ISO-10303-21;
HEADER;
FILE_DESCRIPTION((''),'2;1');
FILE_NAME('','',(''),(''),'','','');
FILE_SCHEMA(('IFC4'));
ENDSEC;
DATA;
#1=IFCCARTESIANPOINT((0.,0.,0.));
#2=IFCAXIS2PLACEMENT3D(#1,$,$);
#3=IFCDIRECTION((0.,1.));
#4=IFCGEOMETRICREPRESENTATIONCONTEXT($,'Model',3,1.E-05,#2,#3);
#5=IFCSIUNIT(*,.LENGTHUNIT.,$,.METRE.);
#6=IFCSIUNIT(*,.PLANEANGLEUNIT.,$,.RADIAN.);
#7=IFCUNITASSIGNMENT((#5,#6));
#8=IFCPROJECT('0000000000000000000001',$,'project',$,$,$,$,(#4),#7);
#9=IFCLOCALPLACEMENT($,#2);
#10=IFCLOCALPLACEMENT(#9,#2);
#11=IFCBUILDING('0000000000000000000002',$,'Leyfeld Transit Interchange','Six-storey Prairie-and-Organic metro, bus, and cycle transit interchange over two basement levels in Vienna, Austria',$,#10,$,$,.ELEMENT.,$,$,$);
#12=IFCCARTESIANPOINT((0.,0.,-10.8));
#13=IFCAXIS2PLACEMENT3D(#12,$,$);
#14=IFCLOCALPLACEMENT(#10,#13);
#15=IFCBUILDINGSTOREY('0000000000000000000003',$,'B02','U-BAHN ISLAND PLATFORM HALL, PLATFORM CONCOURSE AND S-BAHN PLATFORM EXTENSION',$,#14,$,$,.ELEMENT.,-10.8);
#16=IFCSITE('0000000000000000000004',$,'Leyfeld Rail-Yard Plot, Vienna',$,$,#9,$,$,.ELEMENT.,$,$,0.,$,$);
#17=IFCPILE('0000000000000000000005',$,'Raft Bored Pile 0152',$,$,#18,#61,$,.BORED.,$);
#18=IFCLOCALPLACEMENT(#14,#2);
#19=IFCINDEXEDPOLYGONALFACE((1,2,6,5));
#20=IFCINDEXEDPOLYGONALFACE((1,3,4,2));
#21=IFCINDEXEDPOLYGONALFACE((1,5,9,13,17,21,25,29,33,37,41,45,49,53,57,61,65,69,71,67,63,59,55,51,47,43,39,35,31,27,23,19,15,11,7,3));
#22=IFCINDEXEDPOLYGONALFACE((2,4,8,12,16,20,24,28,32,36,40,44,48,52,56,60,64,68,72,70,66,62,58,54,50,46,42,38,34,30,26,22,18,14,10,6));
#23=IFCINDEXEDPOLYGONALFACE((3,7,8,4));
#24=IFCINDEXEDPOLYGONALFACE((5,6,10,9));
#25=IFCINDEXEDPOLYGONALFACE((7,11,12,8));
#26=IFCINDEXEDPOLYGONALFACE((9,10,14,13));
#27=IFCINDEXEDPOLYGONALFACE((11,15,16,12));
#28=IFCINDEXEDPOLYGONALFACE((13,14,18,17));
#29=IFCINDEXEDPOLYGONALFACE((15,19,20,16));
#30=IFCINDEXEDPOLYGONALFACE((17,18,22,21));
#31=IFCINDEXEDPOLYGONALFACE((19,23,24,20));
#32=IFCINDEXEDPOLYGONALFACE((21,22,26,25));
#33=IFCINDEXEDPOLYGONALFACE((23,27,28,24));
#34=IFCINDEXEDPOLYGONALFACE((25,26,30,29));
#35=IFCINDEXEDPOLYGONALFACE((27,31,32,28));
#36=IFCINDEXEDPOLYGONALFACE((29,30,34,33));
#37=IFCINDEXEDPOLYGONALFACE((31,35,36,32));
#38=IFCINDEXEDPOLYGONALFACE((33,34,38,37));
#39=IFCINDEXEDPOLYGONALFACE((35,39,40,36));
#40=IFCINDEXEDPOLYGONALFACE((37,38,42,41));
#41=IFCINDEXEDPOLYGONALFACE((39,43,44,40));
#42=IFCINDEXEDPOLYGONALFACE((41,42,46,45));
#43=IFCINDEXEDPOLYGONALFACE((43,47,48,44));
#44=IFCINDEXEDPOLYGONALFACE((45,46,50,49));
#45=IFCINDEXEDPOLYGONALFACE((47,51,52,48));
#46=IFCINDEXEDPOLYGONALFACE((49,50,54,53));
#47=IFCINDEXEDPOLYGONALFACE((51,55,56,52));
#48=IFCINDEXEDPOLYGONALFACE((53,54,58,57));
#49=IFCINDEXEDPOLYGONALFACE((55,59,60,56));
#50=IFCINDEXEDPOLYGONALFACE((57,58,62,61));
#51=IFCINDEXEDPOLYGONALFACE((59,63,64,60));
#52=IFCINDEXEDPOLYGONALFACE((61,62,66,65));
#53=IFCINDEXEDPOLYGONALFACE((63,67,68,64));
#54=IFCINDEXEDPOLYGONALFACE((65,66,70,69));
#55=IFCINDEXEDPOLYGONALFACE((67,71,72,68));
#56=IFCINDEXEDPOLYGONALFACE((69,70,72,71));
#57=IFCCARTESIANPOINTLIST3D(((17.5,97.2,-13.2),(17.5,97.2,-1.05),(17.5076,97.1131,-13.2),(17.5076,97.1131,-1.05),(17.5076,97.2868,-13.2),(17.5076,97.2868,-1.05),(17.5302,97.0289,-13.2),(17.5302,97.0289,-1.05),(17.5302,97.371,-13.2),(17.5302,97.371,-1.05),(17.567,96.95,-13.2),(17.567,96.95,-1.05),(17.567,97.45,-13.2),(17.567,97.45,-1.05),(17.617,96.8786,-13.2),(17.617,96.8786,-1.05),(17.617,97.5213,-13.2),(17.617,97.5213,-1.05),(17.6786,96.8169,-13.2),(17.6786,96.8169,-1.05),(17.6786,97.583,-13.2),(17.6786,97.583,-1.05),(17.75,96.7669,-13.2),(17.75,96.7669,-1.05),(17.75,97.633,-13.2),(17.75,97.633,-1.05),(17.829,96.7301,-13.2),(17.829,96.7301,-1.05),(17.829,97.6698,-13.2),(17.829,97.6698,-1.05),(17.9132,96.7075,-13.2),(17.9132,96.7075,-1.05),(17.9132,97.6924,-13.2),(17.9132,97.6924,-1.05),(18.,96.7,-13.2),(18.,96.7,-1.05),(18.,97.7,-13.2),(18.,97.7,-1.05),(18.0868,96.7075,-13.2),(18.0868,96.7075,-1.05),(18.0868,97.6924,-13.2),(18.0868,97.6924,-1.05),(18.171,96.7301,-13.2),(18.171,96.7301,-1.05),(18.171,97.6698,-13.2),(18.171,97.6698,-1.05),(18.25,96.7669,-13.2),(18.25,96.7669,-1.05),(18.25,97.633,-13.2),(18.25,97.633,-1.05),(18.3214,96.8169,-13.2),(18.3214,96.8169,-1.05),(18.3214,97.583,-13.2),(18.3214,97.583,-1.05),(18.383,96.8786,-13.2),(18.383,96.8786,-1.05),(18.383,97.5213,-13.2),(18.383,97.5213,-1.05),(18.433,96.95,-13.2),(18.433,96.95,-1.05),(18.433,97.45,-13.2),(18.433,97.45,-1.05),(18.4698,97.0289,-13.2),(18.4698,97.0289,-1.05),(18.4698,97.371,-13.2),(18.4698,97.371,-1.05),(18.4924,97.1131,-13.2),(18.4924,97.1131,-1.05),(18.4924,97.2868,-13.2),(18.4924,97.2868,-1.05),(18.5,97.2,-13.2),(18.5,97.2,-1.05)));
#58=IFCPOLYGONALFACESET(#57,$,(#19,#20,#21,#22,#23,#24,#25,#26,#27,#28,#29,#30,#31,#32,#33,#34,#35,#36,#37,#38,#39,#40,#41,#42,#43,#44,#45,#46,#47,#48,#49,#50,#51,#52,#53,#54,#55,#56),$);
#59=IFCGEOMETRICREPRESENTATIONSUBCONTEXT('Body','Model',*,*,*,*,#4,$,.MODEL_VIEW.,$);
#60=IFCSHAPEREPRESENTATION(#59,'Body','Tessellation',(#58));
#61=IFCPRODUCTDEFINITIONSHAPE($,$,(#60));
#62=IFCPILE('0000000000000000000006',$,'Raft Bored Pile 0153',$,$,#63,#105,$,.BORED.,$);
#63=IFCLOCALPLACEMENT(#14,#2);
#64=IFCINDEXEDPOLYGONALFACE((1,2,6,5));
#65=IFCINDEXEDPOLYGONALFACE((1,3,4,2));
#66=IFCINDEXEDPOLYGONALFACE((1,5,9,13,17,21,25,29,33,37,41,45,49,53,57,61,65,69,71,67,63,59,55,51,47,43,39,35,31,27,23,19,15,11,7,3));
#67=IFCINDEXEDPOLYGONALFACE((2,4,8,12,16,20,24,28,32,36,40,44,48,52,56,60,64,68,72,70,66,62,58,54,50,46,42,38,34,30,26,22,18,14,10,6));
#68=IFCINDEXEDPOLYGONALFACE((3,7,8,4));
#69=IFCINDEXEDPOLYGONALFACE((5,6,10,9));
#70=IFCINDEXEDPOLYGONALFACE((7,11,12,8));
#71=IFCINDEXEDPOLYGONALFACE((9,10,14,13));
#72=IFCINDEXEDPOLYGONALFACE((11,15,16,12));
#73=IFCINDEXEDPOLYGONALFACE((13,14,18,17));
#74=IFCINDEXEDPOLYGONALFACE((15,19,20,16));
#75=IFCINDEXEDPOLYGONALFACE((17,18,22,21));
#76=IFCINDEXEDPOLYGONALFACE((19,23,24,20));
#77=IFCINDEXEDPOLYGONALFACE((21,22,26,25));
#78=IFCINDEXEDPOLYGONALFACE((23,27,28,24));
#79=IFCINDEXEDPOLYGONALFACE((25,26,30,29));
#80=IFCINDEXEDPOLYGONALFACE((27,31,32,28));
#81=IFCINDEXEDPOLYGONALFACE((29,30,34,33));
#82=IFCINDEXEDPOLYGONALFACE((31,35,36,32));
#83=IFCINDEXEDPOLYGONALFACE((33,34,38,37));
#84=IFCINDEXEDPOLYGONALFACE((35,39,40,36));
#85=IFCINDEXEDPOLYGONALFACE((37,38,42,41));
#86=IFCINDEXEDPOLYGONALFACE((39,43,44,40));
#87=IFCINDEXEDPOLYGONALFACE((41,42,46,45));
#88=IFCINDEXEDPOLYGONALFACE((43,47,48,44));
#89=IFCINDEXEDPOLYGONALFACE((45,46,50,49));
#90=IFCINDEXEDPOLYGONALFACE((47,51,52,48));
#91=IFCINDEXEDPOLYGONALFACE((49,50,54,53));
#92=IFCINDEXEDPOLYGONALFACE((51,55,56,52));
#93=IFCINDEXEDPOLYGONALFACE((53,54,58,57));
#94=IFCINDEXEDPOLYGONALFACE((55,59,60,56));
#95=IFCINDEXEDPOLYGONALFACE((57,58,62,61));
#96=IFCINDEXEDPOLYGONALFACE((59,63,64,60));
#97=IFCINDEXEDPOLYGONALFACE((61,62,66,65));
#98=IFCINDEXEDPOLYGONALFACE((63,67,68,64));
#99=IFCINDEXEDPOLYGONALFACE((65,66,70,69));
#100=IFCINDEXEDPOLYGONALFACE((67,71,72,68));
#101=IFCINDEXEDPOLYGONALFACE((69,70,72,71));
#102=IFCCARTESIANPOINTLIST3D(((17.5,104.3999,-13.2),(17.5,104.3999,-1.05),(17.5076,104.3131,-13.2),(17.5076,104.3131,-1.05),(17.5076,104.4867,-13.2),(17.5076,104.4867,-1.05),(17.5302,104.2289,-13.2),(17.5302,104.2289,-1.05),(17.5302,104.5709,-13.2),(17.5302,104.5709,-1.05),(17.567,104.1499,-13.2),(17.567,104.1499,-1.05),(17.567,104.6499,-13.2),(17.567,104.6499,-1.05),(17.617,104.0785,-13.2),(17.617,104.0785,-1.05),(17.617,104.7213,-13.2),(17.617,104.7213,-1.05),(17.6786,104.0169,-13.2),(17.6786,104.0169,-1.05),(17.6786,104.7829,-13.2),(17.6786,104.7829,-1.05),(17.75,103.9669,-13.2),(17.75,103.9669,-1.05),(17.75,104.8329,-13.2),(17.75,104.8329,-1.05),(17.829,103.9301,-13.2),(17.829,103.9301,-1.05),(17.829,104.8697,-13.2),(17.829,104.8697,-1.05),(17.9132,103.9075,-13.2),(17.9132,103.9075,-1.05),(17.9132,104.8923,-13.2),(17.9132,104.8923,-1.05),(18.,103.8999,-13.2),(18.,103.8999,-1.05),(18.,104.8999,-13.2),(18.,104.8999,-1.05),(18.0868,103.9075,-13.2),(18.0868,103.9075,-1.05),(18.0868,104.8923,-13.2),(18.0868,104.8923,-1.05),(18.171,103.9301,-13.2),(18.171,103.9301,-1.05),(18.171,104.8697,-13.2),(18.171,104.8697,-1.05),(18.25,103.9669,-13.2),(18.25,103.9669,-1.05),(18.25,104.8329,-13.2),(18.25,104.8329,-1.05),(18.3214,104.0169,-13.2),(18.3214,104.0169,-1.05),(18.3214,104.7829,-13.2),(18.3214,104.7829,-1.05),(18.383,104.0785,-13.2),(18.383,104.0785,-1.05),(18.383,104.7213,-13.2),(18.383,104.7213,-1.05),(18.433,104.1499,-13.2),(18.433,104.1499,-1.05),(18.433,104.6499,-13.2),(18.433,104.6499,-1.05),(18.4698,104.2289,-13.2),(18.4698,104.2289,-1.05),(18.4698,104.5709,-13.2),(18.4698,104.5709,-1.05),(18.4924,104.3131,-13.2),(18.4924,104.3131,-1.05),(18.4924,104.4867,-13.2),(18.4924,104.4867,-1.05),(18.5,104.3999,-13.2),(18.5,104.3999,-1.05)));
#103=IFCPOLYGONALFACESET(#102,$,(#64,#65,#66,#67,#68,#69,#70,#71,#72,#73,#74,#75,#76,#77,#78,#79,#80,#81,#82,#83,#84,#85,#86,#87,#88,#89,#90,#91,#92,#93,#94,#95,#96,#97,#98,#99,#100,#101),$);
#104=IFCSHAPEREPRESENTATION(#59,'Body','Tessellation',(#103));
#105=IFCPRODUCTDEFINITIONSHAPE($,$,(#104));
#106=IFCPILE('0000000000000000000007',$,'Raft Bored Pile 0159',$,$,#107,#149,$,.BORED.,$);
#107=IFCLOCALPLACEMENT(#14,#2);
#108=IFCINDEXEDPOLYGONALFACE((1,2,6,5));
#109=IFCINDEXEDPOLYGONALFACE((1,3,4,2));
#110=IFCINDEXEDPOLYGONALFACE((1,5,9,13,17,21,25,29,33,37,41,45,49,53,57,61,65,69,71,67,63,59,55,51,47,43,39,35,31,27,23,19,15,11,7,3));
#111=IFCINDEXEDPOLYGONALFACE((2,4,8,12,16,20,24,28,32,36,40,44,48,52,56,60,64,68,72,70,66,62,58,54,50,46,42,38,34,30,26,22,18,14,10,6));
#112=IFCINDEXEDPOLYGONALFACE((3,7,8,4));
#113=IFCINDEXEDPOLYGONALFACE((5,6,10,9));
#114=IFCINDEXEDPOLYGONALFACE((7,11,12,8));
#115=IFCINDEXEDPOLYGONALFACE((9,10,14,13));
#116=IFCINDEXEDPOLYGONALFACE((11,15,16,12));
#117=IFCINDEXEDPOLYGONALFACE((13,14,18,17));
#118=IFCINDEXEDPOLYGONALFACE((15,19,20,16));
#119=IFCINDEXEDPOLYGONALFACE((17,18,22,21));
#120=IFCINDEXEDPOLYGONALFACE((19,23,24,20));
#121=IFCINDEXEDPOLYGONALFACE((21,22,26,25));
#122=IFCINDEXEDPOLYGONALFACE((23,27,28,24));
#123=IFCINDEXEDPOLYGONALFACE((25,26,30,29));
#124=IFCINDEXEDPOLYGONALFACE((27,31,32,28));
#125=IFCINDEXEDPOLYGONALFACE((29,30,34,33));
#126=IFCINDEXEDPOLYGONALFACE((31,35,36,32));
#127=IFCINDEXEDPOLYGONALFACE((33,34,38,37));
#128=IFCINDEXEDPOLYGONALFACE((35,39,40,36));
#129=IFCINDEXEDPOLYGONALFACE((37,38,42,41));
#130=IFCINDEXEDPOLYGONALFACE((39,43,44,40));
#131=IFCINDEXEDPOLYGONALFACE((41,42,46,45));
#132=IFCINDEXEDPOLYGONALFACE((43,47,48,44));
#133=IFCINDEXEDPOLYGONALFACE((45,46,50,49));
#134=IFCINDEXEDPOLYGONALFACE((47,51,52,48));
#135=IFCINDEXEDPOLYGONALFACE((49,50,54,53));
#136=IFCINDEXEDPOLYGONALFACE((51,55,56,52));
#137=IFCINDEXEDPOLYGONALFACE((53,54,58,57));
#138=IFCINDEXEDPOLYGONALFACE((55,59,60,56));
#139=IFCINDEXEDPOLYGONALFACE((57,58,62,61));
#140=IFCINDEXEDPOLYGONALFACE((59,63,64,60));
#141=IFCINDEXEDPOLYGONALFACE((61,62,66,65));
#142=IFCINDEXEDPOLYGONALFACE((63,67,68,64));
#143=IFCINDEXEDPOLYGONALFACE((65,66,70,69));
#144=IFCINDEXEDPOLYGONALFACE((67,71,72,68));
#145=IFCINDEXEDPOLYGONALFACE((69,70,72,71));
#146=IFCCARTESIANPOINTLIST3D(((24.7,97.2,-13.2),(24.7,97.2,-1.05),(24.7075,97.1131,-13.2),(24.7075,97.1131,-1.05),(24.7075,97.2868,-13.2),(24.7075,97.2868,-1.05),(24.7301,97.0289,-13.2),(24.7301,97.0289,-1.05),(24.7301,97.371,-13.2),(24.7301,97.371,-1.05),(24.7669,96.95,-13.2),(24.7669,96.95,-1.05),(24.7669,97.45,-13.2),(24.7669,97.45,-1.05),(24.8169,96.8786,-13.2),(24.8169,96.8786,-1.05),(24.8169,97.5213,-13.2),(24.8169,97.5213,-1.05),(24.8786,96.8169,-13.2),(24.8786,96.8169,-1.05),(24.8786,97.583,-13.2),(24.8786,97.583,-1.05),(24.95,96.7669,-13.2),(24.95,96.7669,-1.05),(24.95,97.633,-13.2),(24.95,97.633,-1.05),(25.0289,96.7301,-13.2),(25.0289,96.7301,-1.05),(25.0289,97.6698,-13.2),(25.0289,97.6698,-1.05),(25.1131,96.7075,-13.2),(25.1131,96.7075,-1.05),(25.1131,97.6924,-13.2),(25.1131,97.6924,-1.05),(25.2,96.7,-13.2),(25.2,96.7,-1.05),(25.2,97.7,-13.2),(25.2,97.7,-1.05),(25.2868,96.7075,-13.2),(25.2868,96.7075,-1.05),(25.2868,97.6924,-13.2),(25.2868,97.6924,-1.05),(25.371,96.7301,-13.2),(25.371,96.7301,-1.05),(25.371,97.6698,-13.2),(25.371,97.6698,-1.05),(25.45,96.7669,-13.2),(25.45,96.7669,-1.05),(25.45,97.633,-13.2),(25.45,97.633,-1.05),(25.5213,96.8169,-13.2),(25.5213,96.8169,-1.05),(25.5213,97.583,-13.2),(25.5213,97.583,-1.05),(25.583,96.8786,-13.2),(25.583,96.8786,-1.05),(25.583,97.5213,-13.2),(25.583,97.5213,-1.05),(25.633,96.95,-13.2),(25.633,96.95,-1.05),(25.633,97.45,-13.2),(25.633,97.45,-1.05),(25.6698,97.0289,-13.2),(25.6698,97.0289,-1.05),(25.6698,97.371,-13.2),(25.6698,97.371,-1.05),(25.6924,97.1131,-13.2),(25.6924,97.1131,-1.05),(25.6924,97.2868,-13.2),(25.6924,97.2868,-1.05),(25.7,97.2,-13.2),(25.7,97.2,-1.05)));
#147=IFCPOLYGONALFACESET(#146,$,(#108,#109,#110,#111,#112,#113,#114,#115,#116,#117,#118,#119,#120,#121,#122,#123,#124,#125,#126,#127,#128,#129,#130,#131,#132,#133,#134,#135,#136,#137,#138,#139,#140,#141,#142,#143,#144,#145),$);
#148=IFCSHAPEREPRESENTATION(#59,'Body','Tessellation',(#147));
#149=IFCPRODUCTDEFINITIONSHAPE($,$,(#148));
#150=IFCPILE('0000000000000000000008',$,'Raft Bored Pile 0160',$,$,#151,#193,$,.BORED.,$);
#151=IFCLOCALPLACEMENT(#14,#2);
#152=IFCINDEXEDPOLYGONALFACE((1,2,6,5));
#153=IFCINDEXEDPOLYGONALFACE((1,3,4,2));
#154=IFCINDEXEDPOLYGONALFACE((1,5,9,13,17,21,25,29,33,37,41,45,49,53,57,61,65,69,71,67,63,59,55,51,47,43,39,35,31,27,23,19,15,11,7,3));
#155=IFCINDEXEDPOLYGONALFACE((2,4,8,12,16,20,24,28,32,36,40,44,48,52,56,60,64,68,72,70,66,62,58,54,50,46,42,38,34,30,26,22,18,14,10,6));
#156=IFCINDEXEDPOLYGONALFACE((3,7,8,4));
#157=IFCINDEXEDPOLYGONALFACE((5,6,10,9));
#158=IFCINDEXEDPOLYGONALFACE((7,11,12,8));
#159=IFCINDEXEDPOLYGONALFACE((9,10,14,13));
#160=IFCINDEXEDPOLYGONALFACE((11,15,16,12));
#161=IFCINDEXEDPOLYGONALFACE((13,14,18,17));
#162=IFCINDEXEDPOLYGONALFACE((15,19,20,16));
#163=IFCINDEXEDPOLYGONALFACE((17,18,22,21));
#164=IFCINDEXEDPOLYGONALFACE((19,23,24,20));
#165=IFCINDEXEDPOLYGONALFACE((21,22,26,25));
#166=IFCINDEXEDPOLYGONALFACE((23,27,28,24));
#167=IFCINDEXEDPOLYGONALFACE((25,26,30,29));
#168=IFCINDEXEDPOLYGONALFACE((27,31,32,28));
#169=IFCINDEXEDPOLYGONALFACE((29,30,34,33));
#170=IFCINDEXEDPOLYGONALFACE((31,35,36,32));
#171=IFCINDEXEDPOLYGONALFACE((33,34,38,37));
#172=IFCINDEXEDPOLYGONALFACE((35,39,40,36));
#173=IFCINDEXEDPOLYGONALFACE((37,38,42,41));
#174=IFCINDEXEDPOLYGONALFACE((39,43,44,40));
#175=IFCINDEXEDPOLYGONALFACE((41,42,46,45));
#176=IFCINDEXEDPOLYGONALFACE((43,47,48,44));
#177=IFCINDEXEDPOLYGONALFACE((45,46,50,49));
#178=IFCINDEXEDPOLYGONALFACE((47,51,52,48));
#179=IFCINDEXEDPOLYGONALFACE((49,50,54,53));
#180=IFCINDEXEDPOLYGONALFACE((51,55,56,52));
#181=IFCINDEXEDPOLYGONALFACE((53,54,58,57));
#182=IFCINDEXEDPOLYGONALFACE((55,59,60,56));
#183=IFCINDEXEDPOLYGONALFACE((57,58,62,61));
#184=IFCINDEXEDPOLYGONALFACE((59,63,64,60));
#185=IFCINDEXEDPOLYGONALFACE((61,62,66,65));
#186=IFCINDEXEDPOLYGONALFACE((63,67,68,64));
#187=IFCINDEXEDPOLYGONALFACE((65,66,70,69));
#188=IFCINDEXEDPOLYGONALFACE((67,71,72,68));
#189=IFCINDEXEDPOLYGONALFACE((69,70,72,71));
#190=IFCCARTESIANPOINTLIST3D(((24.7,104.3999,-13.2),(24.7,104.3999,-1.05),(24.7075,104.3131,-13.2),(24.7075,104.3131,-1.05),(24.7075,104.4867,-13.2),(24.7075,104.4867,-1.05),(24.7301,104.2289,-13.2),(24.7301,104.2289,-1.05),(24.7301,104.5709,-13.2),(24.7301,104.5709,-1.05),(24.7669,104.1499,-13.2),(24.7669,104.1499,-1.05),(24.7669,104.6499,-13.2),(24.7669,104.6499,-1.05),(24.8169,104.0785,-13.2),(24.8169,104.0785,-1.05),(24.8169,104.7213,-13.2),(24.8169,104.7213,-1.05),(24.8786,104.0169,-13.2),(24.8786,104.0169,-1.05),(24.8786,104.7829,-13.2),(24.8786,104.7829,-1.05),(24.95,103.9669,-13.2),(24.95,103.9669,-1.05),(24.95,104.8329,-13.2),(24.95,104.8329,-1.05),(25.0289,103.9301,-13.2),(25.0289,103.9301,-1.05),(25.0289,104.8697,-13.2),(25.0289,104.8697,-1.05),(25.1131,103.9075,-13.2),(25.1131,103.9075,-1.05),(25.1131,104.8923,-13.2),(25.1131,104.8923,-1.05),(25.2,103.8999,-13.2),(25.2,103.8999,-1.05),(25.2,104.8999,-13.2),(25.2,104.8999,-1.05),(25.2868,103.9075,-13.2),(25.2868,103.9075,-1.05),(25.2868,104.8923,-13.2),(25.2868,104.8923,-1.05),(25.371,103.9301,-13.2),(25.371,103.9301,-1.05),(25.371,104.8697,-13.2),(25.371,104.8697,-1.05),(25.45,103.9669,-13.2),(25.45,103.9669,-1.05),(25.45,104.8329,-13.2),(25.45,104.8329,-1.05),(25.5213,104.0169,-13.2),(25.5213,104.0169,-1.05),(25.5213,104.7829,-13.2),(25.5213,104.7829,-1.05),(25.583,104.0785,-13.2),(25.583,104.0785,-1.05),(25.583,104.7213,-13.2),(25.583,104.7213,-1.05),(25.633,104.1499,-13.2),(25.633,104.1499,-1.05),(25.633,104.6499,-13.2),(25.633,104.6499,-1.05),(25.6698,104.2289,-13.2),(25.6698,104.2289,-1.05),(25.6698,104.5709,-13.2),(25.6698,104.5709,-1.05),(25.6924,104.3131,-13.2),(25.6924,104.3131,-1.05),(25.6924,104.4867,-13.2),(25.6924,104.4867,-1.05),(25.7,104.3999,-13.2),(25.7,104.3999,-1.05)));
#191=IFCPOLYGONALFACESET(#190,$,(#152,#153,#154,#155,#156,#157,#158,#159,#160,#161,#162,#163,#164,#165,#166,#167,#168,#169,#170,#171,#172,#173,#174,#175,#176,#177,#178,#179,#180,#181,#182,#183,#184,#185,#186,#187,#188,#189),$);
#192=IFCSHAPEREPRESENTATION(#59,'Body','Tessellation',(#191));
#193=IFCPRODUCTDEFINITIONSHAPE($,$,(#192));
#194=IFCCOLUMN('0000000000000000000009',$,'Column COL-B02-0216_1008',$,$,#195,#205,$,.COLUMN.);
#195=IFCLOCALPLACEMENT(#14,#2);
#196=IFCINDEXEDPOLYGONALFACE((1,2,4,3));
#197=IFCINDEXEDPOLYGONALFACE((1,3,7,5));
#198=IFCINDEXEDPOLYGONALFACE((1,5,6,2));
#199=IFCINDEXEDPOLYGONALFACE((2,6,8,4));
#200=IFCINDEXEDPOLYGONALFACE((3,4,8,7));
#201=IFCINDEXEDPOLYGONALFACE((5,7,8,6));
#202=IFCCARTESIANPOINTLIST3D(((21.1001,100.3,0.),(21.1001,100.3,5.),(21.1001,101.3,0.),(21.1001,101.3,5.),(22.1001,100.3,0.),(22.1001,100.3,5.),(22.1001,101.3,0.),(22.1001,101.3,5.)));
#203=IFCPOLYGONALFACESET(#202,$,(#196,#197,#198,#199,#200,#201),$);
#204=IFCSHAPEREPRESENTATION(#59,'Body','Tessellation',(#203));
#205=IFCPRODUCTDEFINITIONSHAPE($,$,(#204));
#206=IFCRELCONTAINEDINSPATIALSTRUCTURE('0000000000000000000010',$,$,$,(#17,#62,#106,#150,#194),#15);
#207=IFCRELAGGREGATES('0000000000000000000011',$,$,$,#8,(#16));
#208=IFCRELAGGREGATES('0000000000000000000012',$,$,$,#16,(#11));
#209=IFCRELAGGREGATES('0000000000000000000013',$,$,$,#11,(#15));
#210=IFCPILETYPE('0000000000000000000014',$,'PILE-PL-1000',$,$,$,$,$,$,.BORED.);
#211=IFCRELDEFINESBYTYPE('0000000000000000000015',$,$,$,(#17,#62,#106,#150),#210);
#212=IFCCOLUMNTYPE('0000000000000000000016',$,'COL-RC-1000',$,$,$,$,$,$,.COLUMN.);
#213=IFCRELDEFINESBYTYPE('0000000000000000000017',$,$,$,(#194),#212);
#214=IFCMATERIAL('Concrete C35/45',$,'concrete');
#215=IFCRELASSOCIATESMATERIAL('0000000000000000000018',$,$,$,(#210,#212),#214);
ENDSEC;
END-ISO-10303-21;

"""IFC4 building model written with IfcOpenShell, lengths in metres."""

from ifc_helpers import new_model, si_unit, direction, frame, origin, origin_2d, place, context, subcontext, project, spatial, rectangle, circle, extrude, material, material_profile, profile_set, type_object, element, save


model = new_model("IFC4")

# Units and contexts
model_context = context("Model", 3, precision=1e-05, world=origin(), true_north=direction((0.0, 1.0)))
body_context = subcontext(model_context, "Body", "Model", "MODEL_VIEW")
ifc_project = project(units=[si_unit("LENGTHUNIT", "METRE"), si_unit("PLANEANGLEUNIT", "RADIAN")], contexts=[model_context])

# Site, building, storey
site_placement = place(None, origin())
site = spatial("IfcSite", under=ifc_project, at=site_placement, Name="Leyfeld Rail-Yard Plot, Vienna", CompositionType="ELEMENT", RefElevation=0.0)
building_placement = place(site_placement, origin())
building = spatial("IfcBuilding", under=site, at=building_placement, Name="Leyfeld Transit Interchange", Description="Six-storey Prairie-and-Organic metro, bus, and cycle transit interchange over two basement levels in Vienna, Austria", CompositionType="ELEMENT")
storey_placement = place(building_placement, frame((0.0, 0.0, -10.8)))
storey = spatial("IfcBuildingStorey", under=building, at=storey_placement, Name="B02", Description="U-BAHN ISLAND PLATFORM HALL, PLATFORM CONCOURSE AND S-BAHN PLATFORM EXTENSION", CompositionType="ELEMENT", Elevation=-10.8)

# Piles
ifc_material_1 = material(Name="Concrete C35/45", Category="concrete")
ifc_material_profile_1 = material_profile(ifc_material_1, circle(Radius=0.5, at=origin_2d()), Name="PILE D1000")
ifc_profile_set_1 = profile_set([ifc_material_profile_1], Name="Concrete C35/45")
pile_type = type_object("IfcPileType", Name="PILE-PL-1000", PredefinedType="BORED", material=ifc_profile_set_1)
for number, where, z_axis, x_axis, name in (
    (1, (18.0, 97.2, -1.05), (0.0, 0.0, -1.0), (1.0, 0.0, 0.0), "Raft Bored Pile 0152"),
    (2, (18.0, 104.3999, -1.05), (0.0, 0.0, -1.0), (1.0, 0.0, 0.0), "Raft Bored Pile 0153"),
    (3, (25.2, 97.2, -1.05), (0.0, 0.0, -1.0), (1.0, 0.0, 0.0), "Raft Bored Pile 0159"),
    (4, (25.2, 104.3999, -1.05), (0.0, 0.0, -1.0), (1.0, 0.0, 0.0), "Raft Bored Pile 0160"),
):
    element("IfcPile", number, at=place(storey_placement, frame(where, z_axis=z_axis, x_axis=x_axis)), inside=storey, type_object=pile_type, Name=name, PredefinedType="BORED", context=body_context, shape_type="SweptSolid", body=[
        extrude(circle(Radius=0.5, at=origin_2d()), origin(), (0.0, 0.0, 1.0), 12.1499),
    ])

# Column
ifc_material_profile_2 = material_profile(ifc_material_1, rectangle(XDim=1.0, YDim=1.0, at=origin_2d()), Name="RC 1000x1000")
ifc_profile_set_2 = profile_set([ifc_material_profile_2], Name="Concrete C35/45")
column_type = type_object("IfcColumnType", Name="COL-RC-1000", PredefinedType="COLUMN", material=ifc_profile_set_2)
for number, where, z_axis, x_axis, name in (
    (5, (21.6001, 100.8, 0.0), (0.0, 0.0, 1.0), (1.0, 0.0, 0.0), "Column COL-B02-0216_1008"),
):
    element("IfcColumn", number, at=place(storey_placement, frame(where, z_axis=z_axis, x_axis=x_axis)), inside=storey, type_object=column_type, Name=name, PredefinedType="COLUMN", context=body_context, shape_type="SweptSolid", body=[
        extrude(rectangle(XDim=1.0, YDim=1.0, at=origin_2d()), origin(), (0.0, 0.0, 1.0), 5.0),
    ])

save(model, "model.ifc")
